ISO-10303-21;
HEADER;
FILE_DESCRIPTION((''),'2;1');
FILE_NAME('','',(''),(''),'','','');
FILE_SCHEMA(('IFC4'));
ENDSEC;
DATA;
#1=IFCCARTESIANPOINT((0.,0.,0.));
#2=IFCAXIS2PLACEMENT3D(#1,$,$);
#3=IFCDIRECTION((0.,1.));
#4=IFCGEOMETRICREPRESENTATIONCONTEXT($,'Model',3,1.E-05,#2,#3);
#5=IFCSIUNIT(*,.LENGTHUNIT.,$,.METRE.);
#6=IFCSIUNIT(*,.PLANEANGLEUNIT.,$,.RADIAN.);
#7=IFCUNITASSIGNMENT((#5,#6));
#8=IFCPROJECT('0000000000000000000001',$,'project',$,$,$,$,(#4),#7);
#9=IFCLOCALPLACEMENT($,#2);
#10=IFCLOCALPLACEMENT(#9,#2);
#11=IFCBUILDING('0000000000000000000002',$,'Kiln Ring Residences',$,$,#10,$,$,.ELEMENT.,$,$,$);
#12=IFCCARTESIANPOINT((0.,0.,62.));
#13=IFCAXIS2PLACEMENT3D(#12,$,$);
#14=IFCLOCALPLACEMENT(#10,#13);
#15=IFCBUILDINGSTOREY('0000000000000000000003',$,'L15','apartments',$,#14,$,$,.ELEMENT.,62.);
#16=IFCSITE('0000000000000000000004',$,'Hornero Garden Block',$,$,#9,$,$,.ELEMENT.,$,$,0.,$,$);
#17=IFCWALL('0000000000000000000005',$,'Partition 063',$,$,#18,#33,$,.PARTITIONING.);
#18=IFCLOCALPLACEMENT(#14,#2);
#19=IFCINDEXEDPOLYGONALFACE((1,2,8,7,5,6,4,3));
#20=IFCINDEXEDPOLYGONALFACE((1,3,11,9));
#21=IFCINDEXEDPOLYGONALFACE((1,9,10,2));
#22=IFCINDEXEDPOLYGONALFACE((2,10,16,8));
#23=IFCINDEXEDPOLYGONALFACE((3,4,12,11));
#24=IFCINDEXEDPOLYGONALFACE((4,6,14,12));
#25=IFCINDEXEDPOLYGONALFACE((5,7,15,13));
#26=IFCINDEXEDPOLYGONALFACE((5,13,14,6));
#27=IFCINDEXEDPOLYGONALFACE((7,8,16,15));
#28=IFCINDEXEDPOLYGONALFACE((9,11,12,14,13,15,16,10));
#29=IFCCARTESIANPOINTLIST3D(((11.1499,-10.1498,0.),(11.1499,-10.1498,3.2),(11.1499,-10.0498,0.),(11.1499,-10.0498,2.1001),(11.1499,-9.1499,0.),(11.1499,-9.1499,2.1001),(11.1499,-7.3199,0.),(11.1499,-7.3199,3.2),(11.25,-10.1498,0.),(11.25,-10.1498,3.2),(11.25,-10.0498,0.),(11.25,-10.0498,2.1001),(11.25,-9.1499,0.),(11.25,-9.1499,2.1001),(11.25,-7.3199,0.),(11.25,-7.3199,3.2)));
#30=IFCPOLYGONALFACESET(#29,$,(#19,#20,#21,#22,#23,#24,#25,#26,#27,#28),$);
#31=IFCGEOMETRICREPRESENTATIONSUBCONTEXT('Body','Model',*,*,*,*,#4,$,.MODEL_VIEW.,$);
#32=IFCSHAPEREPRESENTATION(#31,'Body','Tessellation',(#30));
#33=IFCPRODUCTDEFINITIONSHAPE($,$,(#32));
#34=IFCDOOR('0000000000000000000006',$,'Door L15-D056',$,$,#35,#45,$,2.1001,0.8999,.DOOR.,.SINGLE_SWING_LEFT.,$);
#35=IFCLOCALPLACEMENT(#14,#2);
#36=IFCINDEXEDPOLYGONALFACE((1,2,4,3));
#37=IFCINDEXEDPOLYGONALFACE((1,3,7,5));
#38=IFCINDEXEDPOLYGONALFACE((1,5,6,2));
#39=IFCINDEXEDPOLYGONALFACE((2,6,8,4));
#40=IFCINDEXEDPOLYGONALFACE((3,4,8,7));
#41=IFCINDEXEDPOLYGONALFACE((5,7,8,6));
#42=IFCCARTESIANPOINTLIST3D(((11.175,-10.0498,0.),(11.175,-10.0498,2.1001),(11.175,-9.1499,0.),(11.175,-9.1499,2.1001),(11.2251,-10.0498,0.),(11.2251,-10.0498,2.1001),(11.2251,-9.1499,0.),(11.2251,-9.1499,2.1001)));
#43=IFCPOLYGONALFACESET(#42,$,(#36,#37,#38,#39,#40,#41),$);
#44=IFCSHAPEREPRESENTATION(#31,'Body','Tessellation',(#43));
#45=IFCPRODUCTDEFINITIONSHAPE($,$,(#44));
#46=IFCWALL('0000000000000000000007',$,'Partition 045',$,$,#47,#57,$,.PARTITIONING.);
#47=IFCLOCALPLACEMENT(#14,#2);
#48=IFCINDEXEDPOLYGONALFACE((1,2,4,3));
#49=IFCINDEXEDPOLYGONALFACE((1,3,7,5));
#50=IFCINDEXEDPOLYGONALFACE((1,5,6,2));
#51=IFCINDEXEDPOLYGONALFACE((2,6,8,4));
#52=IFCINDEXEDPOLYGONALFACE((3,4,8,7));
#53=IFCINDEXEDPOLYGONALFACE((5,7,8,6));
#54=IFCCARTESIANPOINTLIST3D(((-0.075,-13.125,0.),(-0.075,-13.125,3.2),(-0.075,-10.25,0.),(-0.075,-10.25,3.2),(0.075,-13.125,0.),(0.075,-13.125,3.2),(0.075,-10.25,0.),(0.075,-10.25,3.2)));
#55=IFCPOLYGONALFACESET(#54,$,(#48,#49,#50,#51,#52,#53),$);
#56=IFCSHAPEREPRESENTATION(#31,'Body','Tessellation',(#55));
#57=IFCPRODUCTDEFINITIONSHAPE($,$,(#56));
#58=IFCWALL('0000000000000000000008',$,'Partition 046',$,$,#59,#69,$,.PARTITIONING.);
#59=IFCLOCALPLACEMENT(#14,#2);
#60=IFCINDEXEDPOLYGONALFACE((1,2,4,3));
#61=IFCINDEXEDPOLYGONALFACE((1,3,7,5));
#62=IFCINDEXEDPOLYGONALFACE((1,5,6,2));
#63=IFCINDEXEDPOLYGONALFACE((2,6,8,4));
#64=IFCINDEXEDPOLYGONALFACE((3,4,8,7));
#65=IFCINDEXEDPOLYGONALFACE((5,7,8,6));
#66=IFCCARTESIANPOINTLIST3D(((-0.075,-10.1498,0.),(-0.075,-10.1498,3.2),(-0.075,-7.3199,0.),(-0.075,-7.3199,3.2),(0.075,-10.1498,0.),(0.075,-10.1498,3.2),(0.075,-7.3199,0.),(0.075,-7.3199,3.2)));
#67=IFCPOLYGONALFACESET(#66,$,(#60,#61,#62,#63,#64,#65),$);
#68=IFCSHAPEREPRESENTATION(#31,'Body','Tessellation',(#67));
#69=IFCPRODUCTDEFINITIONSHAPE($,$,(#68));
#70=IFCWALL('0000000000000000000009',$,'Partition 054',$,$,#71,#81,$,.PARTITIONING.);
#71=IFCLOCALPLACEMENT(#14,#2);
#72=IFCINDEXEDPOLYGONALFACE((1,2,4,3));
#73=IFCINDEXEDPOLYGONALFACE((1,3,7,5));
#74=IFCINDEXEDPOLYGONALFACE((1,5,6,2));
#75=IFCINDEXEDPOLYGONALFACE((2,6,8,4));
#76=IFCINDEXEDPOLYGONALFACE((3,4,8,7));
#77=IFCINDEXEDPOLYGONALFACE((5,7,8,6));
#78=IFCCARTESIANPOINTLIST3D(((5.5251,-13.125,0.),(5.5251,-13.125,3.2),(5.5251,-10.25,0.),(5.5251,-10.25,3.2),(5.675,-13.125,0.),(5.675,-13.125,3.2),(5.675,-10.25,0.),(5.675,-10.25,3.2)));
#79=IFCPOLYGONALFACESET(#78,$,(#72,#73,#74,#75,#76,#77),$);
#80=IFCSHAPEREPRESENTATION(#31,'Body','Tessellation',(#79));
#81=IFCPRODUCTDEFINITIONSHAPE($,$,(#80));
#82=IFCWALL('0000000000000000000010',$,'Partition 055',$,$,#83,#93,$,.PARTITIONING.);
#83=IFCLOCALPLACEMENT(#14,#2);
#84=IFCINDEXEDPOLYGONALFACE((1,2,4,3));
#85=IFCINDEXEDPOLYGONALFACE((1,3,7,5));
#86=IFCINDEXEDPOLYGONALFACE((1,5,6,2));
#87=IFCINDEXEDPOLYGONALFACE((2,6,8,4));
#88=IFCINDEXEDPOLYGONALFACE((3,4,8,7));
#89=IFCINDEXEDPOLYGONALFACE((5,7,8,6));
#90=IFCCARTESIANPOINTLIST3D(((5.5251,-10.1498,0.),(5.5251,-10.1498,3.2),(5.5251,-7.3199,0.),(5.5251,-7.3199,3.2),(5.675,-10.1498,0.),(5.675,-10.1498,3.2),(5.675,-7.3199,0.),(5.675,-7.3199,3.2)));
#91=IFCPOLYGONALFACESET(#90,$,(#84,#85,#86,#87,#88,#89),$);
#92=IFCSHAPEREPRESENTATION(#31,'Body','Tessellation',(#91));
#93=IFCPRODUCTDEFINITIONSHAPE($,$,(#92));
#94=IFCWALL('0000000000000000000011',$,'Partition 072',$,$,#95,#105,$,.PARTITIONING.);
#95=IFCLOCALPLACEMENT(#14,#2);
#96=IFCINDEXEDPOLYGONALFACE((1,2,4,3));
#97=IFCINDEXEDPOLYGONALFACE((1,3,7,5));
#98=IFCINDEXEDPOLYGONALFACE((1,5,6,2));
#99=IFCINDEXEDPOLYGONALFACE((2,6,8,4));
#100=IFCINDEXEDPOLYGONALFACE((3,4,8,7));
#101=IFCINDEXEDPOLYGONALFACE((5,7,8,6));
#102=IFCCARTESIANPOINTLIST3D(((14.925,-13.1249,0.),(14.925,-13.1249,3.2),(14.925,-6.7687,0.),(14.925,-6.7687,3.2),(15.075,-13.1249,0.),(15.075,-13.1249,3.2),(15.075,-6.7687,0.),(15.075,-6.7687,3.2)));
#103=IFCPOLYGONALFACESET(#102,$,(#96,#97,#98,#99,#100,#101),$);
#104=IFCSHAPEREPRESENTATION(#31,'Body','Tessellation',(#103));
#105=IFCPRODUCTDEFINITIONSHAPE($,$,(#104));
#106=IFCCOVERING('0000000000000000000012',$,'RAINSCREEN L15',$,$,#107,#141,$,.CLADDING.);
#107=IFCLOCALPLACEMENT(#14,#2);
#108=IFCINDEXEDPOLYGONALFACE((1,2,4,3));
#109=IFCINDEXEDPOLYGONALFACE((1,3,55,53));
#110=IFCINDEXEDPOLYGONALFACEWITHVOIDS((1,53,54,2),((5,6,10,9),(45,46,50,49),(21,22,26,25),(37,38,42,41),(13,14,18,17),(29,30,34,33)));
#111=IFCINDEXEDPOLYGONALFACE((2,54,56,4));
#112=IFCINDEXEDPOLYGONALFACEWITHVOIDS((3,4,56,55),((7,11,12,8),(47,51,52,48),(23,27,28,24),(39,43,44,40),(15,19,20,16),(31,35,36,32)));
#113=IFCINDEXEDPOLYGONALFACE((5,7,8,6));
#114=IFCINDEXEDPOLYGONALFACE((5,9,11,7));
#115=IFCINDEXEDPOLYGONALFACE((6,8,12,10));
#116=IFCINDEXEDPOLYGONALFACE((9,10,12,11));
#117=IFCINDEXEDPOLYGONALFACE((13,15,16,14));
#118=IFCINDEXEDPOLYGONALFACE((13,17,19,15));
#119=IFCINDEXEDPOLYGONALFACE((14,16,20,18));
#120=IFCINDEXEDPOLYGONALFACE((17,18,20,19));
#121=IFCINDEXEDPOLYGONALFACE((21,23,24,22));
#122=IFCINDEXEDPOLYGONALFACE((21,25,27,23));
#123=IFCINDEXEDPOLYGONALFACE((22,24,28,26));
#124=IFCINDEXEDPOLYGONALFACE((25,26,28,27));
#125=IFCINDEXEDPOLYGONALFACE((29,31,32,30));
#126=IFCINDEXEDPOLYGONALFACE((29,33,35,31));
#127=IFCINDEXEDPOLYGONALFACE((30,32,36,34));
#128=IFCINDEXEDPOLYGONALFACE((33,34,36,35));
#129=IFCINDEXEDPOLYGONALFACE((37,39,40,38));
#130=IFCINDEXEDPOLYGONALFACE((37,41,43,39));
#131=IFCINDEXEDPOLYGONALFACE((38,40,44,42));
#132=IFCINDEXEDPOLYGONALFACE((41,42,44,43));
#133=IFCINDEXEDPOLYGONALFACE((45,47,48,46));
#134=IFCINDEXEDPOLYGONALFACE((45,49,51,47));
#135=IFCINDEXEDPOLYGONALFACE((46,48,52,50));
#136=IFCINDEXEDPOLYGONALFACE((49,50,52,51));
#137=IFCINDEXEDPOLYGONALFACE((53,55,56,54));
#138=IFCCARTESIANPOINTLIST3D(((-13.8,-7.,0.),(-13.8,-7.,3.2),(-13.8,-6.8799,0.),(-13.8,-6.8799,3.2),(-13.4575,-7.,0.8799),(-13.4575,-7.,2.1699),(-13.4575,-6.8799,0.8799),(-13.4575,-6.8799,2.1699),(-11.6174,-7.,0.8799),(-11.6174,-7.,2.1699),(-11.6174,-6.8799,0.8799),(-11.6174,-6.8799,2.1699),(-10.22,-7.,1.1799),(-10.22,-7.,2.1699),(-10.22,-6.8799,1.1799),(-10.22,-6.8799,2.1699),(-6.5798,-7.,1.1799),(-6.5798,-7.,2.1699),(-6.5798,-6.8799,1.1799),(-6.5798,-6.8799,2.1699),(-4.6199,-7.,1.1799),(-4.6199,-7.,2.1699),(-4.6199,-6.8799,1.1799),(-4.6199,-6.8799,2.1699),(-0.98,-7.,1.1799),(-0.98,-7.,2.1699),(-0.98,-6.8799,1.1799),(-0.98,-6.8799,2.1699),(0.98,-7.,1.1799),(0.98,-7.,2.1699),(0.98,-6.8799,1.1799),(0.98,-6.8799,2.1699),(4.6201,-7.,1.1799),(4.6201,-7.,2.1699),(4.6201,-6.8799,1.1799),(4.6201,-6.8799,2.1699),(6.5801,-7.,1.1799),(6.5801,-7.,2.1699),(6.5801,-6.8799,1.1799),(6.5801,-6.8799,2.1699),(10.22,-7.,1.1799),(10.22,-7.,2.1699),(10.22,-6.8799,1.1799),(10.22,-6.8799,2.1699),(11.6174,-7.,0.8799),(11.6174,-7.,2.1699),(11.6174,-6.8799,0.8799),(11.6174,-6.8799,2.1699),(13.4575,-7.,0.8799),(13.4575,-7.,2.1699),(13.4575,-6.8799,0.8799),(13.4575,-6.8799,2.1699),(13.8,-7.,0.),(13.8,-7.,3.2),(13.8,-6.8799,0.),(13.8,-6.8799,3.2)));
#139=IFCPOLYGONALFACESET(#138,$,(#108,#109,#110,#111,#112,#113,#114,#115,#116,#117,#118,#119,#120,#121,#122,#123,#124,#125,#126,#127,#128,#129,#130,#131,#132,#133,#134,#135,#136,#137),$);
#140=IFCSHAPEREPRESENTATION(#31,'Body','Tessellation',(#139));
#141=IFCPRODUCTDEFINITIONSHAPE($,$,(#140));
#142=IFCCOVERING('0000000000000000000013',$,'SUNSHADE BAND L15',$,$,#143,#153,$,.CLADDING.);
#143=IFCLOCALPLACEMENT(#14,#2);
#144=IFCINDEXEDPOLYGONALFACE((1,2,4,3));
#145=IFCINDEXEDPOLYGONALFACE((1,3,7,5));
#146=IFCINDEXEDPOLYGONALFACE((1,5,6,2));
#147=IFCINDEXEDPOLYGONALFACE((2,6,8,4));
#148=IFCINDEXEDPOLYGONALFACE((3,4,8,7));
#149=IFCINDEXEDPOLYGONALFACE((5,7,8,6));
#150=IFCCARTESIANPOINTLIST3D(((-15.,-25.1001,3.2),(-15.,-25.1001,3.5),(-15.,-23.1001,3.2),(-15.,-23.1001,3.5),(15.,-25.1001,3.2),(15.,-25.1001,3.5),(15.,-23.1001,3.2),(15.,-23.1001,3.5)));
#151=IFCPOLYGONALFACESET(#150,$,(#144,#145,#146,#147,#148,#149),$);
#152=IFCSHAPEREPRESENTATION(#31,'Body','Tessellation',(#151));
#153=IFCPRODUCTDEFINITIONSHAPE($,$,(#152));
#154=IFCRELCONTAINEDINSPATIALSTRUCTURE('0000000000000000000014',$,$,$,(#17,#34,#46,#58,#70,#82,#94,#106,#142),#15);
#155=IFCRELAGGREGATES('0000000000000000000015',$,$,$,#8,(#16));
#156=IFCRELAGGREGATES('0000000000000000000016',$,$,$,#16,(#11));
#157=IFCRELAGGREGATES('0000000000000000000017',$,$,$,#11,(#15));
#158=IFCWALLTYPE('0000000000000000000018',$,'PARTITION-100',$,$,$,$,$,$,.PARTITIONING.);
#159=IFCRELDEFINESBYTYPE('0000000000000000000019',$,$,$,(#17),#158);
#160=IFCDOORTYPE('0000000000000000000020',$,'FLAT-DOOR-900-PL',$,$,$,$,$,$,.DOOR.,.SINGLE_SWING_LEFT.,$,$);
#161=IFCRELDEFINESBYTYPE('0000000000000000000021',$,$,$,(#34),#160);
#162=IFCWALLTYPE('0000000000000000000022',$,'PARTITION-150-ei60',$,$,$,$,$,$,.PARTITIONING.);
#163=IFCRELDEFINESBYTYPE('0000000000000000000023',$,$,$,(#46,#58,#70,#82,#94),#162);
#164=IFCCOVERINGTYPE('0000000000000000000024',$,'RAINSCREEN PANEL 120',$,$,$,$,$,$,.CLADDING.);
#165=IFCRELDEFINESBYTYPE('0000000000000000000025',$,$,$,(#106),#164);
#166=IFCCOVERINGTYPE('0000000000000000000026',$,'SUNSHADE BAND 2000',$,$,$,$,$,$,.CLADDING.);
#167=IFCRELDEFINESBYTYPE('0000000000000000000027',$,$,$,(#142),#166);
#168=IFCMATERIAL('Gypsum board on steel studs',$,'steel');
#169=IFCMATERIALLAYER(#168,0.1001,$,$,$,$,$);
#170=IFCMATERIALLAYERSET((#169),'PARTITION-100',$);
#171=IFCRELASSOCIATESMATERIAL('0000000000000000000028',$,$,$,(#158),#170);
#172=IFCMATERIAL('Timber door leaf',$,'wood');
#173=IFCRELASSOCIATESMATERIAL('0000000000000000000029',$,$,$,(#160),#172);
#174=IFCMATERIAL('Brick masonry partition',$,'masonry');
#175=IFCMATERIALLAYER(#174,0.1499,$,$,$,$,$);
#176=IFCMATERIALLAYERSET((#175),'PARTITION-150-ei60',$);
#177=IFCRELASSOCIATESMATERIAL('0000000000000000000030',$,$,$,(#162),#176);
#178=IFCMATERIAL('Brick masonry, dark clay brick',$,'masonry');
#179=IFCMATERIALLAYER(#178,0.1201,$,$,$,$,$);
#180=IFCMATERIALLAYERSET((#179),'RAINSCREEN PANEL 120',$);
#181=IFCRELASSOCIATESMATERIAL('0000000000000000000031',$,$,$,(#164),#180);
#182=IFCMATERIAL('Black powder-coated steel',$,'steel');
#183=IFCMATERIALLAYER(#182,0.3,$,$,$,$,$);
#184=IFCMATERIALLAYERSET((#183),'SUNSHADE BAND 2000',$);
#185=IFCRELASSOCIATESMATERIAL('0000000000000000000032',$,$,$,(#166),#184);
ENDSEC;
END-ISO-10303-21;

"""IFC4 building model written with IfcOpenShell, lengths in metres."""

from ifc_helpers import new_model, si_unit, direction, frame, frame_2d, origin, place, context, subcontext, project, spatial, polyline, rectangle, outline, extrude, material, layer, layer_set, type_object, element, fill, save


model = new_model("IFC4")

# Units and contexts
model_context = context("Model", 3, precision=1e-05, world=origin(), true_north=direction((0.0, 1.0)))
body_context = subcontext(model_context, "Body", "Model", "MODEL_VIEW")
ifc_project = project(units=[si_unit("LENGTHUNIT", "METRE"), si_unit("PLANEANGLEUNIT", "RADIAN")], contexts=[model_context])

# Site, building, storey
site_placement = place(None, origin())
site = spatial("IfcSite", under=ifc_project, at=site_placement, Name="Hornero Garden Block", CompositionType="ELEMENT", RefElevation=0.0)
building_placement = place(site_placement, origin())
building = spatial("IfcBuilding", under=site, at=building_placement, Name="Kiln Ring Residences", CompositionType="ELEMENT")
storey_placement = place(building_placement, frame((0.0, 0.0, 62.0)))
storey = spatial("IfcBuildingStorey", under=building, at=storey_placement, Name="L15", Description="apartments", CompositionType="ELEMENT", Elevation=62.0)

# Shared definitions
ifc_material_1 = material(Name="Gypsum board on steel studs", Category="steel")
ifc_layer_1 = layer(ifc_material_1, 0.1001)
ifc_layer_set_1 = layer_set([ifc_layer_1], Name="PARTITION-100")
wall_type_1 = type_object("IfcWallType", Name="PARTITION-100", PredefinedType="PARTITIONING", material=ifc_layer_set_1)

# Wall, opening, door
wall_1_placement = place(storey_placement, frame((11.2, -10.1499, 0.0), z_axis=(0.0, 0.0, 1.0), x_axis=(0.0, 1.0, 0.0)))
wall_1 = element("IfcWall", 1, at=wall_1_placement, inside=storey, type_object=wall_type_1, Name="Partition 063", PredefinedType="PARTITIONING", context=body_context, shape_type="SweptSolid", body=[
    extrude(rectangle(XDim=2.8298, YDim=0.1001, at=frame_2d((1.415, 0.0))), origin(), (0.0, 0.0, 1.0), 3.2),
])
opening_1_placement = place(wall_1_placement, frame((0.1001, 0.0, 0.0)))
opening_1 = element("IfcOpeningElement", 2, at=opening_1_placement, cuts=wall_1, PredefinedType="OPENING", context=body_context, shape_type="SweptSolid", body=[
    extrude(rectangle(XDim=0.8999, YDim=2.1001, at=frame_2d((0.45, 1.05))), frame((0.0, 0.0601, 0.0), z_axis=(0.0, -1.0, 0.0), x_axis=(1.0, 0.0, 0.0)), (0.0, 0.0, 1.0), 0.1201),
])
ifc_material_2 = material(Name="Timber door leaf", Category="wood")
door_type = type_object("IfcDoorType", Name="FLAT-DOOR-900-PL", OperationType="SINGLE_SWING_LEFT", PredefinedType="DOOR", material=ifc_material_2)
door_placement = place(opening_1_placement, origin())
door = element("IfcDoor", 3, at=door_placement, inside=storey, type_object=door_type, Name="Door L15-D056", OperationType="SINGLE_SWING_LEFT", OverallHeight=2.1001, OverallWidth=0.8999, PredefinedType="DOOR", context=body_context, shape_type="SweptSolid", body=[
    extrude(rectangle(XDim=0.8999, YDim=2.1001, at=frame_2d((0.45, 1.05))), frame((0.0, 0.0249, 0.0), z_axis=(0.0, -1.0, 0.0), x_axis=(1.0, 0.0, 0.0)), (0.0, 0.0, 1.0), 0.05),
])
fill(opening_1, door)

# Walls
ifc_material_3 = material(Name="Brick masonry partition", Category="masonry")
ifc_layer_2 = layer(ifc_material_3, 0.1499)
ifc_layer_set_2 = layer_set([ifc_layer_2], Name="PARTITION-150-ei60")
wall_type_2 = type_object("IfcWallType", Name="PARTITION-150-ei60", PredefinedType="PARTITIONING", material=ifc_layer_set_2)
wall_2_placement = place(storey_placement, frame((0.0, -13.125, 0.0), z_axis=(0.0, 0.0, 1.0), x_axis=(0.0, 1.0, 0.0)))
element("IfcWall", 4, at=wall_2_placement, inside=storey, type_object=wall_type_2, Name="Partition 045", PredefinedType="PARTITIONING", context=body_context, shape_type="SweptSolid", body=[
    extrude(rectangle(XDim=2.875, YDim=0.1499, at=frame_2d((1.4375, 0.0))), origin(), (0.0, 0.0, 1.0), 3.2),
])
wall_3_placement = place(storey_placement, frame((0.0, -10.1499, 0.0), z_axis=(0.0, 0.0, 1.0), x_axis=(0.0, 1.0, 0.0)))
element("IfcWall", 5, at=wall_3_placement, inside=storey, type_object=wall_type_2, Name="Partition 046", PredefinedType="PARTITIONING", context=body_context, shape_type="SweptSolid", body=[
    extrude(rectangle(XDim=2.8298, YDim=0.1499, at=frame_2d((1.415, 0.0))), origin(), (0.0, 0.0, 1.0), 3.2),
])
wall_4_placement = place(storey_placement, frame((5.6001, -13.125, 0.0), z_axis=(0.0, 0.0, 1.0), x_axis=(0.0, 1.0, 0.0)))
element("IfcWall", 6, at=wall_4_placement, inside=storey, type_object=wall_type_2, Name="Partition 054", PredefinedType="PARTITIONING", context=body_context, shape_type="SweptSolid", body=[
    extrude(rectangle(XDim=2.875, YDim=0.1499, at=frame_2d((1.4375, 0.0))), origin(), (0.0, 0.0, 1.0), 3.2),
])
wall_5_placement = place(storey_placement, frame((5.6001, -10.1499, 0.0), z_axis=(0.0, 0.0, 1.0), x_axis=(0.0, 1.0, 0.0)))
element("IfcWall", 7, at=wall_5_placement, inside=storey, type_object=wall_type_2, Name="Partition 055", PredefinedType="PARTITIONING", context=body_context, shape_type="SweptSolid", body=[
    extrude(rectangle(XDim=2.8298, YDim=0.1499, at=frame_2d((1.415, 0.0))), origin(), (0.0, 0.0, 1.0), 3.2),
])
wall_6_placement = place(storey_placement, frame((15.0, -13.125, 0.0), z_axis=(0.0, 0.0, 1.0), x_axis=(0.0, 1.0, 0.0)))
element("IfcWall", 8, at=wall_6_placement, inside=storey, type_object=wall_type_2, Name="Partition 072", PredefinedType="PARTITIONING", context=body_context, shape_type="SweptSolid", body=[
    extrude(rectangle(XDim=6.3562, YDim=0.1499, at=frame_2d((3.1782, 0.0))), origin(), (0.0, 0.0, 1.0), 3.2),
])

# Coverings
ifc_material_4 = material(Name="Brick masonry, dark clay brick", Category="masonry")
ifc_layer_3 = layer(ifc_material_4, 0.1201)
ifc_layer_set_3 = layer_set([ifc_layer_3], Name="RAINSCREEN PANEL 120")
covering_type_1 = type_object("IfcCoveringType", Name="RAINSCREEN PANEL 120", PredefinedType="CLADDING", material=ifc_layer_set_3)
covering_1_placement = place(storey_placement, frame((13.8, -6.9399, 0.0), z_axis=(0.0, 0.0, 1.0), x_axis=(-1.0, 0.0, 0.0)))
element("IfcCovering", 9, at=covering_1_placement, inside=storey, type_object=covering_type_1, Name="RAINSCREEN L15", PredefinedType="CLADDING", context=body_context, shape_type="SweptSolid", body=[
    extrude(outline(polyline([(0.0, 0.0), (27.6001, 0.0), (27.6001, 3.2), (0.0, 3.2), (0.0, 0.0)]), holes=[polyline([(2.1826, 0.8799), (2.1826, 2.1699), (0.3425, 2.1699), (0.3425, 0.8799), (2.1826, 0.8799)]), polyline([(25.4175, 0.8799), (27.2576, 0.8799), (27.2576, 2.1699), (25.4175, 2.1699), (25.4175, 0.8799)]), polyline([(3.5801, 1.1799), (7.22, 1.1799), (7.22, 2.1699), (3.5801, 2.1699), (3.5801, 1.1799)]), polyline([(12.8201, 1.1799), (12.8201, 2.1699), (9.1799, 2.1699), (9.1799, 1.1799), (12.8201, 1.1799)]), polyline([(14.78, 1.1799), (18.4199, 1.1799), (18.4199, 2.1699), (14.78, 2.1699), (14.78, 1.1799)]), polyline([(20.3799, 1.1799), (24.02, 1.1799), (24.02, 2.1699), (20.3799, 2.1699), (20.3799, 1.1799)])]), frame((0.0, 0.0601, 0.0), z_axis=(0.0, -1.0, 0.0), x_axis=(1.0, 0.0, 0.0)), (0.0, 0.0, 1.0), 0.1201),
])
ifc_material_5 = material(Name="Black powder-coated steel", Category="steel")
ifc_layer_4 = layer(ifc_material_5, 0.3)
ifc_layer_set_4 = layer_set([ifc_layer_4], Name="SUNSHADE BAND 2000")
covering_type_2 = type_object("IfcCoveringType", Name="SUNSHADE BAND 2000", PredefinedType="CLADDING", material=ifc_layer_set_4)
covering_2_placement = place(storey_placement, frame((0.0, 0.0, 3.2)))
element("IfcCovering", 10, at=covering_2_placement, inside=storey, type_object=covering_type_2, Name="SUNSHADE BAND L15", PredefinedType="CLADDING", context=body_context, shape_type="SweptSolid", body=[
    extrude(outline(polyline([(-15.0, -25.1001), (15.0, -25.1001), (15.0, -23.1001), (-15.0, -23.1001), (-15.0, -25.1001)])), origin(), (0.0, 0.0, 1.0), 0.3),
])

save(model, "model.ifc")
